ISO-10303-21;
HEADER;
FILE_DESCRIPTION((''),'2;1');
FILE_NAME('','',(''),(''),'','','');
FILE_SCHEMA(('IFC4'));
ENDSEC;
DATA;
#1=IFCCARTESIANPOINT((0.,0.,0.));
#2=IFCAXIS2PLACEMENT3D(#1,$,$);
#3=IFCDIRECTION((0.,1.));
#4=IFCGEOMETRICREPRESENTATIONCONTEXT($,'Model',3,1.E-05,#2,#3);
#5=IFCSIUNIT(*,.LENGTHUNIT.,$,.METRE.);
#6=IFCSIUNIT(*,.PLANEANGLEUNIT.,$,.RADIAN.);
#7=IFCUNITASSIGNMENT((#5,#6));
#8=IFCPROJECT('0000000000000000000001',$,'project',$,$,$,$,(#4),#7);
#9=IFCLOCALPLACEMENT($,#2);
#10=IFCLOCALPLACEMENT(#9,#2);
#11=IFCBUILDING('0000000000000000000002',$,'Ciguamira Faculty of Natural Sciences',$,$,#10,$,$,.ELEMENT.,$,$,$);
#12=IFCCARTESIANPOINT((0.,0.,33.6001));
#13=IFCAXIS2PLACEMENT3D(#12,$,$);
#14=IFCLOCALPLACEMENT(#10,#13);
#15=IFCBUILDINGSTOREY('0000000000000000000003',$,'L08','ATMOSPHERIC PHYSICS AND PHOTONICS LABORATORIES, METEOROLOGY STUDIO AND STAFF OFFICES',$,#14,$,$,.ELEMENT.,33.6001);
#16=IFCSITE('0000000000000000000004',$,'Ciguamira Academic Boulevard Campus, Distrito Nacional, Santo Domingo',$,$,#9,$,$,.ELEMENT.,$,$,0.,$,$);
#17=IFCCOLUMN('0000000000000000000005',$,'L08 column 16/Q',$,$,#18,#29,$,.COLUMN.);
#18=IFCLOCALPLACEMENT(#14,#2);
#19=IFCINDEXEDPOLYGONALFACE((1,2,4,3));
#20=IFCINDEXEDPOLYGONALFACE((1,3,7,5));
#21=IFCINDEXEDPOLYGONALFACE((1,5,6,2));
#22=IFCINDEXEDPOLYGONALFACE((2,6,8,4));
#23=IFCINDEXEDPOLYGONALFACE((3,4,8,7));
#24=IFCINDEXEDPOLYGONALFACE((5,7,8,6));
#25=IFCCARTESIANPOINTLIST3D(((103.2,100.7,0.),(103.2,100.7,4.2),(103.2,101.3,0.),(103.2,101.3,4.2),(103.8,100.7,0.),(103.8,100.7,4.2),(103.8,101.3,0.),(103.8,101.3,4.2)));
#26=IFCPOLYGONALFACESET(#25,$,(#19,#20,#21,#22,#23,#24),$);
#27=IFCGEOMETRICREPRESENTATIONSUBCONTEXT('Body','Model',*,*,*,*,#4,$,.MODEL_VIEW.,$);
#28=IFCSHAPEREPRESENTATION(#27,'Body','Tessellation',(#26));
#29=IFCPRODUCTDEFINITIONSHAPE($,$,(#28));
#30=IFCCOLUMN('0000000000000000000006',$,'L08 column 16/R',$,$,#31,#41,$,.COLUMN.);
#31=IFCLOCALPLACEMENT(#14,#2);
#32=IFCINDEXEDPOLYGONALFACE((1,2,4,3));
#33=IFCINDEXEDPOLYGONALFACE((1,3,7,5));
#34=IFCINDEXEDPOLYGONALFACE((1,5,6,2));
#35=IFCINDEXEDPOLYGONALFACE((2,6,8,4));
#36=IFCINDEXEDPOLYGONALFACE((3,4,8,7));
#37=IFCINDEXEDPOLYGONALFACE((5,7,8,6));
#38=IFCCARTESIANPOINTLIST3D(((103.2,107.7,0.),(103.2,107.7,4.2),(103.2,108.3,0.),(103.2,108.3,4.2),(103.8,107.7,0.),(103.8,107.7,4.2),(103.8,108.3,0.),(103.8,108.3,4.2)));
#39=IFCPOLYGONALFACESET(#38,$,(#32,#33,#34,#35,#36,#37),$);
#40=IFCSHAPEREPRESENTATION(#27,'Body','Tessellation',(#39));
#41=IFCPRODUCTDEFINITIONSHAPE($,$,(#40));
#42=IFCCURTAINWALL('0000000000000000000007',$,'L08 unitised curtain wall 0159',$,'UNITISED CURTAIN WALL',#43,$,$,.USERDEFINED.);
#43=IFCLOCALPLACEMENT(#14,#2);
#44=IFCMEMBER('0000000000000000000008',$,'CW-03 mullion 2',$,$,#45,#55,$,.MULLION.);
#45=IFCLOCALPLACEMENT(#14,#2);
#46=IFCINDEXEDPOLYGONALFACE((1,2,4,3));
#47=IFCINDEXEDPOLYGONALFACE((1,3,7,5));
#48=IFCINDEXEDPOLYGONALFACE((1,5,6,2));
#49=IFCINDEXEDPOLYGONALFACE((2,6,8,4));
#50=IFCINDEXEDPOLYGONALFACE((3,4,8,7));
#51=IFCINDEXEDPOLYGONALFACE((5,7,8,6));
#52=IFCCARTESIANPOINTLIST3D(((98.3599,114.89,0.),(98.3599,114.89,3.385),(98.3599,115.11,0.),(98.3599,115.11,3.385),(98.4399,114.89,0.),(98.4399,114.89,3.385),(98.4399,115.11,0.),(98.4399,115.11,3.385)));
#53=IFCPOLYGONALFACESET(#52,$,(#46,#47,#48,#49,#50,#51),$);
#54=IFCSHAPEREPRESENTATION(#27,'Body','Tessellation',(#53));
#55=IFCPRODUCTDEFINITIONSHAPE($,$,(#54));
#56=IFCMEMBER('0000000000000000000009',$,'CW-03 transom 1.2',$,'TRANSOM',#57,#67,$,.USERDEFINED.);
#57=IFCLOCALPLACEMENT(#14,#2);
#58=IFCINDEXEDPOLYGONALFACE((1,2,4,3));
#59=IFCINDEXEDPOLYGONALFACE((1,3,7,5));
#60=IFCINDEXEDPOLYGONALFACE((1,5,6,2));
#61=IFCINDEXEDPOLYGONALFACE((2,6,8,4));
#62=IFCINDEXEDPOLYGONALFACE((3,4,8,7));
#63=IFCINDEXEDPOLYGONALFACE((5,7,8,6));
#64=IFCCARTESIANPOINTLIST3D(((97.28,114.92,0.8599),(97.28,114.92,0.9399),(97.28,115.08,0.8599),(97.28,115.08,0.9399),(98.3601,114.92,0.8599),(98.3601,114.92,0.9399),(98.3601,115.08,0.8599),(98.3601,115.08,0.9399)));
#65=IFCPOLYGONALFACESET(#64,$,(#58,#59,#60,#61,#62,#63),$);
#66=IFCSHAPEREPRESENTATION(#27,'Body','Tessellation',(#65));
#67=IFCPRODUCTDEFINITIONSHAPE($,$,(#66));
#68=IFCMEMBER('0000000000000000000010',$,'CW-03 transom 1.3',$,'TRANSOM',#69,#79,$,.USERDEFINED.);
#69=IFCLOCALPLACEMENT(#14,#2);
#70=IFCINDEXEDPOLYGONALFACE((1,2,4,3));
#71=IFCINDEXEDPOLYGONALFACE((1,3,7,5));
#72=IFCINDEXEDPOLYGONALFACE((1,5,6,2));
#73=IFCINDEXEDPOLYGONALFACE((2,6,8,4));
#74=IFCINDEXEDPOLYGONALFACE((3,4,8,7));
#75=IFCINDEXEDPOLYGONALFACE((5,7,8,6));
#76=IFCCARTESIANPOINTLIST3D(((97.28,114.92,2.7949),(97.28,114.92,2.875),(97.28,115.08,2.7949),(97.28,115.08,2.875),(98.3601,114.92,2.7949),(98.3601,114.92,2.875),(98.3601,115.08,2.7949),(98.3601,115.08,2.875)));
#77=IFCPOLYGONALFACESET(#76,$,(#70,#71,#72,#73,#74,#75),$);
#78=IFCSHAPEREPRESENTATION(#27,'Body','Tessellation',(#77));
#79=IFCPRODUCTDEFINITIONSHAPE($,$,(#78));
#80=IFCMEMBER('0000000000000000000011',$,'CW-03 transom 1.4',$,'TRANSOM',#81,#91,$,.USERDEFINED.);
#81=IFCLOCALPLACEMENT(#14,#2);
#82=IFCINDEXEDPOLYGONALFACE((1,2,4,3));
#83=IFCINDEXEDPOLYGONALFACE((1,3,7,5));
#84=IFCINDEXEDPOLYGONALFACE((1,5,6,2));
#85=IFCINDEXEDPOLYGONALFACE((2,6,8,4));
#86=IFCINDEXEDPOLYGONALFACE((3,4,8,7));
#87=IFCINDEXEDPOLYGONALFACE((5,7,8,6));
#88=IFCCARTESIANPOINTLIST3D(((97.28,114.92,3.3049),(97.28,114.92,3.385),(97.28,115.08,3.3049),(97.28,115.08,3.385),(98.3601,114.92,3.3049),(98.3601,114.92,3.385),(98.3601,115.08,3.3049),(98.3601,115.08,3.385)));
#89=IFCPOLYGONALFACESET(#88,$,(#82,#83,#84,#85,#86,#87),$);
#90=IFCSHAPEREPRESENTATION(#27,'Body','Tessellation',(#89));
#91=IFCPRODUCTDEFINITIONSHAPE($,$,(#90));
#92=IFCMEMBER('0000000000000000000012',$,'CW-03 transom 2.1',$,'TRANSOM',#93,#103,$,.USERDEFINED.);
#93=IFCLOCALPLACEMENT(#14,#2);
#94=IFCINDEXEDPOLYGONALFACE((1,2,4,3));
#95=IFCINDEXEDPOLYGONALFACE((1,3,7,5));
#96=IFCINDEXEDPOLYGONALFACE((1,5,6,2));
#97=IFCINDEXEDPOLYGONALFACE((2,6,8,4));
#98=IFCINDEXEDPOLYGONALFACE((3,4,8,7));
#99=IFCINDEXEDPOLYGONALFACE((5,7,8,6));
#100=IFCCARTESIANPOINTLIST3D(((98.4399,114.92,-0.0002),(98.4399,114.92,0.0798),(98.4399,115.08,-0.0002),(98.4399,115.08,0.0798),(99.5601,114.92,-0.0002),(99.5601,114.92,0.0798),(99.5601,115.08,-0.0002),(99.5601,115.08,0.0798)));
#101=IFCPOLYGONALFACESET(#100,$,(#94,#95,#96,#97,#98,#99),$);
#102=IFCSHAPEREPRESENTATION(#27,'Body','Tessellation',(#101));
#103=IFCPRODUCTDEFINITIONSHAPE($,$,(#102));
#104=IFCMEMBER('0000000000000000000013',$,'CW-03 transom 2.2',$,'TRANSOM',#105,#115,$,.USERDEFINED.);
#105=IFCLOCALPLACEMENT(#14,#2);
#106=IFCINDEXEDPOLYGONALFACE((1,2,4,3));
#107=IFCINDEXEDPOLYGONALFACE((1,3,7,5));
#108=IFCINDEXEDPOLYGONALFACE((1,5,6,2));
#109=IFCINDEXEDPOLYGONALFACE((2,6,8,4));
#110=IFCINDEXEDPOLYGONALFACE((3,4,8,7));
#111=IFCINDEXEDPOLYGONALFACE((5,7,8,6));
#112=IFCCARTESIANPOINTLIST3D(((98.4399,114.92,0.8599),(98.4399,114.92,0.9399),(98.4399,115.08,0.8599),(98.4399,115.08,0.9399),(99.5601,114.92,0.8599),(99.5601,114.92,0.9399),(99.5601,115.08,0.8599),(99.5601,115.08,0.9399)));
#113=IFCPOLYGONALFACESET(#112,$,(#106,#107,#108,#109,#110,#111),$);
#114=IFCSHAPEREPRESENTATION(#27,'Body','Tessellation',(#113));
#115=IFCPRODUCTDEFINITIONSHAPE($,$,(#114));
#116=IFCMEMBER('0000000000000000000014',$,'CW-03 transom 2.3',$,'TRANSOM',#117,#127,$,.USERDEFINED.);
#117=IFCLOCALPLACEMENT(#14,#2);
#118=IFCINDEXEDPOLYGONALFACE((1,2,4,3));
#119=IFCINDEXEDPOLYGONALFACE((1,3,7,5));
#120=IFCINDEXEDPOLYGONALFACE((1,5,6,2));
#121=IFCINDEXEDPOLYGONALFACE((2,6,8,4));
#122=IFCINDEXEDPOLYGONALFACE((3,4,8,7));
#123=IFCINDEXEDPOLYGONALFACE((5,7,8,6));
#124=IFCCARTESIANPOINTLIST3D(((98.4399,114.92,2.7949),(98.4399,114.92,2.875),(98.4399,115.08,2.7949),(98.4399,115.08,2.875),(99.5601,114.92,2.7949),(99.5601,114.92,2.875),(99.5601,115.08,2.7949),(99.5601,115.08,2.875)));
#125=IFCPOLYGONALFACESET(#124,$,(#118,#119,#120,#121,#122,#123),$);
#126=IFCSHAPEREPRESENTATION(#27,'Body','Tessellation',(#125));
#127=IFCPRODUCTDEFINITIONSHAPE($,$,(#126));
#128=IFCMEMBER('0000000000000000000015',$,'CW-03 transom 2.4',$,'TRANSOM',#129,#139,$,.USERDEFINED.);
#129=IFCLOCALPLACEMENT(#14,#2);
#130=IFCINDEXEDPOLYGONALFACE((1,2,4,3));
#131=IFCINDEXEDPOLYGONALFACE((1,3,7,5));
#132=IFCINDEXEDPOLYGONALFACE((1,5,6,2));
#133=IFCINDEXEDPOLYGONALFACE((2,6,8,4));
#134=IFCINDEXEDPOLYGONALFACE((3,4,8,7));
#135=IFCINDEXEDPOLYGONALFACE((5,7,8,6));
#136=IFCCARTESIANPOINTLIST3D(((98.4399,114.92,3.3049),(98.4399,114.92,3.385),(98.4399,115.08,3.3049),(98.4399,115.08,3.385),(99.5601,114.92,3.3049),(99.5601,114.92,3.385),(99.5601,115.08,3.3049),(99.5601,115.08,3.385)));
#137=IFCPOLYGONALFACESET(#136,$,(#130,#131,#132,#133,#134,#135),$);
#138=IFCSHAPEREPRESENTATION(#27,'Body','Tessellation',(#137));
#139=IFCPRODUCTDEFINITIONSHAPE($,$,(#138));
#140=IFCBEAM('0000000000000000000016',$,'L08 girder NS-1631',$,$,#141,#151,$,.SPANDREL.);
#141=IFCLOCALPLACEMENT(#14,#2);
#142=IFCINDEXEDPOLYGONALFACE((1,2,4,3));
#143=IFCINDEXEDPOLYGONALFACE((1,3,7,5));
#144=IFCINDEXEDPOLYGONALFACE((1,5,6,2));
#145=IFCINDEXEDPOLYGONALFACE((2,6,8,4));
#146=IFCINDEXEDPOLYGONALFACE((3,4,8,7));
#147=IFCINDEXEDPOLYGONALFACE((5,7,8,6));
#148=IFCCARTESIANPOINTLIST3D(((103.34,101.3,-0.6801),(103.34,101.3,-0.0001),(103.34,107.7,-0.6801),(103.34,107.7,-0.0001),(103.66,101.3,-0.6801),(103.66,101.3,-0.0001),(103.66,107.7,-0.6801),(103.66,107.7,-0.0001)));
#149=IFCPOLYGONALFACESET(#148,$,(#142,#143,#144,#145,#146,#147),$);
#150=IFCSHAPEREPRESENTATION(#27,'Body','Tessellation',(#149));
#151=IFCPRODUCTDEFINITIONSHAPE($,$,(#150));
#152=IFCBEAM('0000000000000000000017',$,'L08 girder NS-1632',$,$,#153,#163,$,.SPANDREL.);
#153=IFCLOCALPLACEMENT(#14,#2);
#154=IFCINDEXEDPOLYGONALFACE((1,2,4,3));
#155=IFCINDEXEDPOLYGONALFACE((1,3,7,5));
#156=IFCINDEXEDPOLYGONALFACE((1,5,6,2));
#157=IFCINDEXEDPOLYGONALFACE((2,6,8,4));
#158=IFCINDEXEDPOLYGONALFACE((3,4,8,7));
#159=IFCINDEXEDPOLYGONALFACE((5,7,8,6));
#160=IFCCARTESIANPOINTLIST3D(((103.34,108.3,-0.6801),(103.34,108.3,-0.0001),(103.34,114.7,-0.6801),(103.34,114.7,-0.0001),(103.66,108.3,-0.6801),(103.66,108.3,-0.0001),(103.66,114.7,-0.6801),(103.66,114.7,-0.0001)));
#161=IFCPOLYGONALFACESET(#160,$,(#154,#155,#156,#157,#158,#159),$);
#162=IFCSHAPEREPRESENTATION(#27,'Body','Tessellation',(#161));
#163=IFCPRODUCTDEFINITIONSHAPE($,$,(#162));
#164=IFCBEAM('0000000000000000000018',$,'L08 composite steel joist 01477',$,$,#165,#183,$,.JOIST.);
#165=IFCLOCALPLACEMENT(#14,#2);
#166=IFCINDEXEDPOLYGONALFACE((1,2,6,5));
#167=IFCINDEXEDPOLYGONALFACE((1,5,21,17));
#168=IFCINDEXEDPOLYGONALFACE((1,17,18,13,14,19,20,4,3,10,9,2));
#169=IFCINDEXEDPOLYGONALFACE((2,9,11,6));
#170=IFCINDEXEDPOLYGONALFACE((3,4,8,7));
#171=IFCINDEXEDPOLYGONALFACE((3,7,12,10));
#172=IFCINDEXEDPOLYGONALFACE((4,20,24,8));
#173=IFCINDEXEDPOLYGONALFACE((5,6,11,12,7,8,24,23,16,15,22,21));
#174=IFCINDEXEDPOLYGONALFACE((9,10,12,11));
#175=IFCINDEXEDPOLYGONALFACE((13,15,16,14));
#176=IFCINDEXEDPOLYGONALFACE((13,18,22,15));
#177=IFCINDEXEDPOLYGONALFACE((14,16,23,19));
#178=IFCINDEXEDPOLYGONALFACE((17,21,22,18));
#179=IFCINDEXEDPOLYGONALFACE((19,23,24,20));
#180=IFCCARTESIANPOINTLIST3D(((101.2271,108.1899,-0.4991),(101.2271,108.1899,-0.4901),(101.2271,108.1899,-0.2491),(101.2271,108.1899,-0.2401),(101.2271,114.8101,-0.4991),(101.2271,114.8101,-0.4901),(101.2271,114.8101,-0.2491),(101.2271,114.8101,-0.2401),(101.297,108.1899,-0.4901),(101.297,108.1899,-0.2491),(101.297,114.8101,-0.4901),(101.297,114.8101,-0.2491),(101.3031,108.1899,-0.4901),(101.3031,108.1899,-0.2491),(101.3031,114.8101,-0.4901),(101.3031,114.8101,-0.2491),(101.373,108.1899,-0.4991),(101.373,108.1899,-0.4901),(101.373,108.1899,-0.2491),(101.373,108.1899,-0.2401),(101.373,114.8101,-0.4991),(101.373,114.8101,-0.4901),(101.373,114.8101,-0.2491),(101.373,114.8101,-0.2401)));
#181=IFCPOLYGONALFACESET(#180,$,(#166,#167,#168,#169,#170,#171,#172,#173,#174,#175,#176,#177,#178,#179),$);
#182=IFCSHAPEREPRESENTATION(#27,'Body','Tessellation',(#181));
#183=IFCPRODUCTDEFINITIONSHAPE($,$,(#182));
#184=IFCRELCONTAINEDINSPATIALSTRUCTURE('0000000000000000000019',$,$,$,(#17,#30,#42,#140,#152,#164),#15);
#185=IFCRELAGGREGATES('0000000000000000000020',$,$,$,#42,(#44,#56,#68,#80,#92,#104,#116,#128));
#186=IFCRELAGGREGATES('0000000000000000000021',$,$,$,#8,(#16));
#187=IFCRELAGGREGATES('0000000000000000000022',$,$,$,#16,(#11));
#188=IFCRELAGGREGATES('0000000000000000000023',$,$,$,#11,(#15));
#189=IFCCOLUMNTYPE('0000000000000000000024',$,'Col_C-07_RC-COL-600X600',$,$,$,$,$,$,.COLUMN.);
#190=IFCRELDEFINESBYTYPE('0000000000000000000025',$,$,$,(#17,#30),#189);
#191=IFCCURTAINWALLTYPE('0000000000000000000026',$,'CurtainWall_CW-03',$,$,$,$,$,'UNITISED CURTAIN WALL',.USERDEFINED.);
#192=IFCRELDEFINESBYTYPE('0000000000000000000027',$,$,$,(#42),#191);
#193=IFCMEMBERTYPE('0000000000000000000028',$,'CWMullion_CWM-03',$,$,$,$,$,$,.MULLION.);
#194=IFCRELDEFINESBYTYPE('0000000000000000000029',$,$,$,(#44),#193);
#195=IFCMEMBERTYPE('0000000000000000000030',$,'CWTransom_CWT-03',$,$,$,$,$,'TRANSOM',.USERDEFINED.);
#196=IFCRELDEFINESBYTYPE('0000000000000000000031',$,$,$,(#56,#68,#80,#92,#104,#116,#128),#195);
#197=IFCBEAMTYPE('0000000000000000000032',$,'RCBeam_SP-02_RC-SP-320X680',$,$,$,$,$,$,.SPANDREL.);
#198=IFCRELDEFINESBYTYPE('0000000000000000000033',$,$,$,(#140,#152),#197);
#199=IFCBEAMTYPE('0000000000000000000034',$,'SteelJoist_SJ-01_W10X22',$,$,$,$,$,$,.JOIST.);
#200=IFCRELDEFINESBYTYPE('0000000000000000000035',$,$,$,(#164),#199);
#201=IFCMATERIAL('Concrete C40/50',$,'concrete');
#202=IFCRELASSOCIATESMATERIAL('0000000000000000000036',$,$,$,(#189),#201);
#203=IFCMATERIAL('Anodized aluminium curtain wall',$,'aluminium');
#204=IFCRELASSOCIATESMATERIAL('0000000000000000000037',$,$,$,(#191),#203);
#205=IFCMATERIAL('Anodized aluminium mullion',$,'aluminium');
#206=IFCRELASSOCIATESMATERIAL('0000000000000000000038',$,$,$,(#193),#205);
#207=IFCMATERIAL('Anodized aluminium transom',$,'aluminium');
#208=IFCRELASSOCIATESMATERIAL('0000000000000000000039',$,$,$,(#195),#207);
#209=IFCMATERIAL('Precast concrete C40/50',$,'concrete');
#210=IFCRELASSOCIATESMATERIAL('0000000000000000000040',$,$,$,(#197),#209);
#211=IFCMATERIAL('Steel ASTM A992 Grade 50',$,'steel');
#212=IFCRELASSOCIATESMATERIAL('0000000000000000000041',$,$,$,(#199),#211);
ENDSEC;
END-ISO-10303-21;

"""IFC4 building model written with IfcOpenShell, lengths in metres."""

from ifc_helpers import new_model, si_unit, direction, frame, origin, origin_2d, place, context, subcontext, project, spatial, rectangle, i_section, extrude, material, material_profile, profile_set, type_object, element, aggregate, save


model = new_model("IFC4")

# Units and contexts
model_context = context("Model", 3, precision=1e-05, world=origin(), true_north=direction((0.0, 1.0)))
body_context = subcontext(model_context, "Body", "Model", "MODEL_VIEW")
ifc_project = project(units=[si_unit("LENGTHUNIT", "METRE"), si_unit("PLANEANGLEUNIT", "RADIAN")], contexts=[model_context])

# Site, building, storey
site_placement = place(None, origin())
site = spatial("IfcSite", under=ifc_project, at=site_placement, Name="Ciguamira Academic Boulevard Campus, Distrito Nacional, Santo Domingo", CompositionType="ELEMENT", RefElevation=0.0)
building_placement = place(site_placement, origin())
building = spatial("IfcBuilding", under=site, at=building_placement, Name="Ciguamira Faculty of Natural Sciences", CompositionType="ELEMENT")
storey_placement = place(building_placement, frame((0.0, 0.0, 33.6001)))
storey = spatial("IfcBuildingStorey", under=building, at=storey_placement, Name="L08", Description="ATMOSPHERIC PHYSICS AND PHOTONICS LABORATORIES, METEOROLOGY STUDIO AND STAFF OFFICES", CompositionType="ELEMENT", Elevation=33.6001)

# Columns
ifc_material_1 = material(Name="Concrete C40/50", Category="concrete")
ifc_material_profile_1 = material_profile(ifc_material_1, rectangle(XDim=0.6001, YDim=0.6001, at=origin_2d()), Name="RC-COL-600X600")
ifc_profile_set_1 = profile_set([ifc_material_profile_1], Name="Concrete C40/50")
column_type = type_object("IfcColumnType", Name="Col_C-07_RC-COL-600X600", PredefinedType="COLUMN", material=ifc_profile_set_1)
for number, where, z_axis, x_axis, name in (
    (1, (103.5, 101.0, 0.0), (0.0, 0.0, 1.0), (1.0, 0.0, 0.0), "L08 column 16/Q"),
    (2, (103.5, 108.0, 0.0), (0.0, 0.0, 1.0), (1.0, 0.0, 0.0), "L08 column 16/R"),
):
    element("IfcColumn", number, at=place(storey_placement, frame(where, z_axis=z_axis, x_axis=x_axis)), inside=storey, type_object=column_type, Name=name, PredefinedType="COLUMN", context=body_context, shape_type="SweptSolid", body=[
        extrude(rectangle(XDim=0.6001, YDim=0.6001, at=origin_2d()), origin(), (0.0, 0.0, 1.0), 4.2),
    ])

# Curtain wall, members
ifc_material_2 = material(Name="Anodized aluminium curtain wall", Category="aluminium")
curtain_wall_type = type_object("IfcCurtainWallType", Name="CurtainWall_CW-03", ElementType="UNITISED CURTAIN WALL", PredefinedType="USERDEFINED", material=ifc_material_2)
curtain_wall_placement = place(storey_placement, origin())
curtain_wall = element("IfcCurtainWall", 3, at=curtain_wall_placement, inside=storey, type_object=curtain_wall_type, Name="L08 unitised curtain wall 0159", ObjectType="UNITISED CURTAIN WALL", PredefinedType="USERDEFINED")
ifc_material_3 = material(Name="Anodized aluminium mullion", Category="aluminium")
ifc_material_profile_2 = material_profile(ifc_material_3, rectangle(XDim=0.0801, YDim=0.22, at=origin_2d()), Name="ALU-MUL-80X220")
ifc_profile_set_2 = profile_set([ifc_material_profile_2], Name="Anodized aluminium mullion")
member_type_1 = type_object("IfcMemberType", Name="CWMullion_CWM-03", PredefinedType="MULLION", material=ifc_profile_set_2)
member_1_placement = place(storey_placement, frame((98.3999, 115.0, 0.0), z_axis=(0.0, 0.0, 1.0), x_axis=(1.0, 0.0, 0.0)))
member_1 = element("IfcMember", 4, at=member_1_placement, type_object=member_type_1, Name="CW-03 mullion 2", PredefinedType="MULLION", context=body_context, shape_type="SweptSolid", body=[
    extrude(rectangle(XDim=0.0801, YDim=0.22, at=origin_2d()), origin(), (0.0, 0.0, 1.0), 3.385),
])
ifc_material_4 = material(Name="Anodized aluminium transom", Category="aluminium")
ifc_material_profile_3 = material_profile(ifc_material_4, rectangle(XDim=0.0801, YDim=0.1599, at=origin_2d()), Name="ALU-TRN-80X160")
ifc_profile_set_3 = profile_set([ifc_material_profile_3], Name="Anodized aluminium transom")
member_type_2 = type_object("IfcMemberType", Name="CWTransom_CWT-03", ElementType="TRANSOM", PredefinedType="USERDEFINED", material=ifc_profile_set_3)
member_2_placement = place(storey_placement, frame((97.28, 115.0, 0.8999), z_axis=(1.0, 0.0, 0.0), x_axis=(0.0, 0.0, 1.0)))
member_2 = element("IfcMember", 5, at=member_2_placement, type_object=member_type_2, Name="CW-03 transom 1.2", ObjectType="TRANSOM", PredefinedType="USERDEFINED", context=body_context, shape_type="SweptSolid", body=[
    extrude(rectangle(XDim=0.0801, YDim=0.1599, at=origin_2d()), origin(), (0.0, 0.0, 1.0), 1.0801),
])
member_3_placement = place(storey_placement, frame((97.28, 115.0, 2.835), z_axis=(1.0, 0.0, 0.0), x_axis=(0.0, 0.0, 1.0)))
member_3 = element("IfcMember", 6, at=member_3_placement, type_object=member_type_2, Name="CW-03 transom 1.3", ObjectType="TRANSOM", PredefinedType="USERDEFINED", context=body_context, shape_type="SweptSolid", body=[
    extrude(rectangle(XDim=0.0801, YDim=0.1599, at=origin_2d()), origin(), (0.0, 0.0, 1.0), 1.0801),
])
member_4_placement = place(storey_placement, frame((97.28, 115.0, 3.345), z_axis=(1.0, 0.0, 0.0), x_axis=(0.0, 0.0, 1.0)))
member_4 = element("IfcMember", 7, at=member_4_placement, type_object=member_type_2, Name="CW-03 transom 1.4", ObjectType="TRANSOM", PredefinedType="USERDEFINED", context=body_context, shape_type="SweptSolid", body=[
    extrude(rectangle(XDim=0.0801, YDim=0.1599, at=origin_2d()), origin(), (0.0, 0.0, 1.0), 1.0801),
])
member_5_placement = place(storey_placement, frame((98.4399, 115.0, 0.0398), z_axis=(1.0, 0.0, 0.0), x_axis=(0.0, 0.0, 1.0)))
member_5 = element("IfcMember", 8, at=member_5_placement, type_object=member_type_2, Name="CW-03 transom 2.1", ObjectType="TRANSOM", PredefinedType="USERDEFINED", context=body_context, shape_type="SweptSolid", body=[
    extrude(rectangle(XDim=0.0801, YDim=0.1599, at=origin_2d()), origin(), (0.0, 0.0, 1.0), 1.1201),
])
member_6_placement = place(storey_placement, frame((98.4399, 115.0, 0.8999), z_axis=(1.0, 0.0, 0.0), x_axis=(0.0, 0.0, 1.0)))
member_6 = element("IfcMember", 9, at=member_6_placement, type_object=member_type_2, Name="CW-03 transom 2.2", ObjectType="TRANSOM", PredefinedType="USERDEFINED", context=body_context, shape_type="SweptSolid", body=[
    extrude(rectangle(XDim=0.0801, YDim=0.1599, at=origin_2d()), origin(), (0.0, 0.0, 1.0), 1.1201),
])
member_7_placement = place(storey_placement, frame((98.4399, 115.0, 2.835), z_axis=(1.0, 0.0, 0.0), x_axis=(0.0, 0.0, 1.0)))
member_7 = element("IfcMember", 10, at=member_7_placement, type_object=member_type_2, Name="CW-03 transom 2.3", ObjectType="TRANSOM", PredefinedType="USERDEFINED", context=body_context, shape_type="SweptSolid", body=[
    extrude(rectangle(XDim=0.0801, YDim=0.1599, at=origin_2d()), origin(), (0.0, 0.0, 1.0), 1.1201),
])
member_8_placement = place(storey_placement, frame((98.4399, 115.0, 3.345), z_axis=(1.0, 0.0, 0.0), x_axis=(0.0, 0.0, 1.0)))
member_8 = element("IfcMember", 11, at=member_8_placement, type_object=member_type_2, Name="CW-03 transom 2.4", ObjectType="TRANSOM", PredefinedType="USERDEFINED", context=body_context, shape_type="SweptSolid", body=[
    extrude(rectangle(XDim=0.0801, YDim=0.1599, at=origin_2d()), origin(), (0.0, 0.0, 1.0), 1.1201),
])

# Beams
ifc_material_5 = material(Name="Precast concrete C40/50", Category="concrete")
ifc_material_profile_4 = material_profile(ifc_material_5, rectangle(XDim=0.3201, YDim=0.6799, at=origin_2d()), Name="RC-SP-320X680")
ifc_profile_set_4 = profile_set([ifc_material_profile_4], Name="Precast concrete C40/50")
beam_type_1 = type_object("IfcBeamType", Name="RCBeam_SP-02_RC-SP-320X680", PredefinedType="SPANDREL", material=ifc_profile_set_4)
for number, where, z_axis, x_axis, name in (
    (12, (103.5, 101.3, -0.3401), (0.0, 1.0, 0.0), (-1.0, 0.0, 0.0), "L08 girder NS-1631"),
    (13, (103.5, 108.3, -0.3401), (0.0, 1.0, 0.0), (-1.0, 0.0, 0.0), "L08 girder NS-1632"),
):
    element("IfcBeam", number, at=place(storey_placement, frame(where, z_axis=z_axis, x_axis=x_axis)), inside=storey, type_object=beam_type_1, Name=name, PredefinedType="SPANDREL", context=body_context, shape_type="SweptSolid", body=[
        extrude(rectangle(XDim=0.3201, YDim=0.6799, at=origin_2d()), origin(), (0.0, 0.0, 1.0), 6.3999),
    ])
ifc_material_6 = material(Name="Steel ASTM A992 Grade 50", Category="steel")
ifc_material_profile_5 = material_profile(ifc_material_6, i_section(OverallWidth=0.146, OverallDepth=0.259, WebThickness=0.0061, FlangeThickness=0.009, at=origin_2d()), Name="W10X22")
ifc_profile_set_5 = profile_set([ifc_material_profile_5], Name="Steel ASTM A992 Grade 50")
beam_type_2 = type_object("IfcBeamType", Name="SteelJoist_SJ-01_W10X22", PredefinedType="JOIST", material=ifc_profile_set_5)
beam_1_placement = place(storey_placement, frame((101.3, 108.1899, -0.3696), z_axis=(0.0, 1.0, 0.0), x_axis=(-1.0, 0.0, 0.0)))
element("IfcBeam", 14, at=beam_1_placement, inside=storey, type_object=beam_type_2, Name="L08 composite steel joist 01477", PredefinedType="JOIST", context=body_context, shape_type="SweptSolid", body=[
    extrude(i_section(OverallWidth=0.146, OverallDepth=0.259, WebThickness=0.0061, FlangeThickness=0.009, at=origin_2d()), origin(), (0.0, 0.0, 1.0), 6.6201),
])

aggregate(curtain_wall, [member_1, member_2, member_3, member_4, member_5, member_6, member_7, member_8])

save(model, "model.ifc")
